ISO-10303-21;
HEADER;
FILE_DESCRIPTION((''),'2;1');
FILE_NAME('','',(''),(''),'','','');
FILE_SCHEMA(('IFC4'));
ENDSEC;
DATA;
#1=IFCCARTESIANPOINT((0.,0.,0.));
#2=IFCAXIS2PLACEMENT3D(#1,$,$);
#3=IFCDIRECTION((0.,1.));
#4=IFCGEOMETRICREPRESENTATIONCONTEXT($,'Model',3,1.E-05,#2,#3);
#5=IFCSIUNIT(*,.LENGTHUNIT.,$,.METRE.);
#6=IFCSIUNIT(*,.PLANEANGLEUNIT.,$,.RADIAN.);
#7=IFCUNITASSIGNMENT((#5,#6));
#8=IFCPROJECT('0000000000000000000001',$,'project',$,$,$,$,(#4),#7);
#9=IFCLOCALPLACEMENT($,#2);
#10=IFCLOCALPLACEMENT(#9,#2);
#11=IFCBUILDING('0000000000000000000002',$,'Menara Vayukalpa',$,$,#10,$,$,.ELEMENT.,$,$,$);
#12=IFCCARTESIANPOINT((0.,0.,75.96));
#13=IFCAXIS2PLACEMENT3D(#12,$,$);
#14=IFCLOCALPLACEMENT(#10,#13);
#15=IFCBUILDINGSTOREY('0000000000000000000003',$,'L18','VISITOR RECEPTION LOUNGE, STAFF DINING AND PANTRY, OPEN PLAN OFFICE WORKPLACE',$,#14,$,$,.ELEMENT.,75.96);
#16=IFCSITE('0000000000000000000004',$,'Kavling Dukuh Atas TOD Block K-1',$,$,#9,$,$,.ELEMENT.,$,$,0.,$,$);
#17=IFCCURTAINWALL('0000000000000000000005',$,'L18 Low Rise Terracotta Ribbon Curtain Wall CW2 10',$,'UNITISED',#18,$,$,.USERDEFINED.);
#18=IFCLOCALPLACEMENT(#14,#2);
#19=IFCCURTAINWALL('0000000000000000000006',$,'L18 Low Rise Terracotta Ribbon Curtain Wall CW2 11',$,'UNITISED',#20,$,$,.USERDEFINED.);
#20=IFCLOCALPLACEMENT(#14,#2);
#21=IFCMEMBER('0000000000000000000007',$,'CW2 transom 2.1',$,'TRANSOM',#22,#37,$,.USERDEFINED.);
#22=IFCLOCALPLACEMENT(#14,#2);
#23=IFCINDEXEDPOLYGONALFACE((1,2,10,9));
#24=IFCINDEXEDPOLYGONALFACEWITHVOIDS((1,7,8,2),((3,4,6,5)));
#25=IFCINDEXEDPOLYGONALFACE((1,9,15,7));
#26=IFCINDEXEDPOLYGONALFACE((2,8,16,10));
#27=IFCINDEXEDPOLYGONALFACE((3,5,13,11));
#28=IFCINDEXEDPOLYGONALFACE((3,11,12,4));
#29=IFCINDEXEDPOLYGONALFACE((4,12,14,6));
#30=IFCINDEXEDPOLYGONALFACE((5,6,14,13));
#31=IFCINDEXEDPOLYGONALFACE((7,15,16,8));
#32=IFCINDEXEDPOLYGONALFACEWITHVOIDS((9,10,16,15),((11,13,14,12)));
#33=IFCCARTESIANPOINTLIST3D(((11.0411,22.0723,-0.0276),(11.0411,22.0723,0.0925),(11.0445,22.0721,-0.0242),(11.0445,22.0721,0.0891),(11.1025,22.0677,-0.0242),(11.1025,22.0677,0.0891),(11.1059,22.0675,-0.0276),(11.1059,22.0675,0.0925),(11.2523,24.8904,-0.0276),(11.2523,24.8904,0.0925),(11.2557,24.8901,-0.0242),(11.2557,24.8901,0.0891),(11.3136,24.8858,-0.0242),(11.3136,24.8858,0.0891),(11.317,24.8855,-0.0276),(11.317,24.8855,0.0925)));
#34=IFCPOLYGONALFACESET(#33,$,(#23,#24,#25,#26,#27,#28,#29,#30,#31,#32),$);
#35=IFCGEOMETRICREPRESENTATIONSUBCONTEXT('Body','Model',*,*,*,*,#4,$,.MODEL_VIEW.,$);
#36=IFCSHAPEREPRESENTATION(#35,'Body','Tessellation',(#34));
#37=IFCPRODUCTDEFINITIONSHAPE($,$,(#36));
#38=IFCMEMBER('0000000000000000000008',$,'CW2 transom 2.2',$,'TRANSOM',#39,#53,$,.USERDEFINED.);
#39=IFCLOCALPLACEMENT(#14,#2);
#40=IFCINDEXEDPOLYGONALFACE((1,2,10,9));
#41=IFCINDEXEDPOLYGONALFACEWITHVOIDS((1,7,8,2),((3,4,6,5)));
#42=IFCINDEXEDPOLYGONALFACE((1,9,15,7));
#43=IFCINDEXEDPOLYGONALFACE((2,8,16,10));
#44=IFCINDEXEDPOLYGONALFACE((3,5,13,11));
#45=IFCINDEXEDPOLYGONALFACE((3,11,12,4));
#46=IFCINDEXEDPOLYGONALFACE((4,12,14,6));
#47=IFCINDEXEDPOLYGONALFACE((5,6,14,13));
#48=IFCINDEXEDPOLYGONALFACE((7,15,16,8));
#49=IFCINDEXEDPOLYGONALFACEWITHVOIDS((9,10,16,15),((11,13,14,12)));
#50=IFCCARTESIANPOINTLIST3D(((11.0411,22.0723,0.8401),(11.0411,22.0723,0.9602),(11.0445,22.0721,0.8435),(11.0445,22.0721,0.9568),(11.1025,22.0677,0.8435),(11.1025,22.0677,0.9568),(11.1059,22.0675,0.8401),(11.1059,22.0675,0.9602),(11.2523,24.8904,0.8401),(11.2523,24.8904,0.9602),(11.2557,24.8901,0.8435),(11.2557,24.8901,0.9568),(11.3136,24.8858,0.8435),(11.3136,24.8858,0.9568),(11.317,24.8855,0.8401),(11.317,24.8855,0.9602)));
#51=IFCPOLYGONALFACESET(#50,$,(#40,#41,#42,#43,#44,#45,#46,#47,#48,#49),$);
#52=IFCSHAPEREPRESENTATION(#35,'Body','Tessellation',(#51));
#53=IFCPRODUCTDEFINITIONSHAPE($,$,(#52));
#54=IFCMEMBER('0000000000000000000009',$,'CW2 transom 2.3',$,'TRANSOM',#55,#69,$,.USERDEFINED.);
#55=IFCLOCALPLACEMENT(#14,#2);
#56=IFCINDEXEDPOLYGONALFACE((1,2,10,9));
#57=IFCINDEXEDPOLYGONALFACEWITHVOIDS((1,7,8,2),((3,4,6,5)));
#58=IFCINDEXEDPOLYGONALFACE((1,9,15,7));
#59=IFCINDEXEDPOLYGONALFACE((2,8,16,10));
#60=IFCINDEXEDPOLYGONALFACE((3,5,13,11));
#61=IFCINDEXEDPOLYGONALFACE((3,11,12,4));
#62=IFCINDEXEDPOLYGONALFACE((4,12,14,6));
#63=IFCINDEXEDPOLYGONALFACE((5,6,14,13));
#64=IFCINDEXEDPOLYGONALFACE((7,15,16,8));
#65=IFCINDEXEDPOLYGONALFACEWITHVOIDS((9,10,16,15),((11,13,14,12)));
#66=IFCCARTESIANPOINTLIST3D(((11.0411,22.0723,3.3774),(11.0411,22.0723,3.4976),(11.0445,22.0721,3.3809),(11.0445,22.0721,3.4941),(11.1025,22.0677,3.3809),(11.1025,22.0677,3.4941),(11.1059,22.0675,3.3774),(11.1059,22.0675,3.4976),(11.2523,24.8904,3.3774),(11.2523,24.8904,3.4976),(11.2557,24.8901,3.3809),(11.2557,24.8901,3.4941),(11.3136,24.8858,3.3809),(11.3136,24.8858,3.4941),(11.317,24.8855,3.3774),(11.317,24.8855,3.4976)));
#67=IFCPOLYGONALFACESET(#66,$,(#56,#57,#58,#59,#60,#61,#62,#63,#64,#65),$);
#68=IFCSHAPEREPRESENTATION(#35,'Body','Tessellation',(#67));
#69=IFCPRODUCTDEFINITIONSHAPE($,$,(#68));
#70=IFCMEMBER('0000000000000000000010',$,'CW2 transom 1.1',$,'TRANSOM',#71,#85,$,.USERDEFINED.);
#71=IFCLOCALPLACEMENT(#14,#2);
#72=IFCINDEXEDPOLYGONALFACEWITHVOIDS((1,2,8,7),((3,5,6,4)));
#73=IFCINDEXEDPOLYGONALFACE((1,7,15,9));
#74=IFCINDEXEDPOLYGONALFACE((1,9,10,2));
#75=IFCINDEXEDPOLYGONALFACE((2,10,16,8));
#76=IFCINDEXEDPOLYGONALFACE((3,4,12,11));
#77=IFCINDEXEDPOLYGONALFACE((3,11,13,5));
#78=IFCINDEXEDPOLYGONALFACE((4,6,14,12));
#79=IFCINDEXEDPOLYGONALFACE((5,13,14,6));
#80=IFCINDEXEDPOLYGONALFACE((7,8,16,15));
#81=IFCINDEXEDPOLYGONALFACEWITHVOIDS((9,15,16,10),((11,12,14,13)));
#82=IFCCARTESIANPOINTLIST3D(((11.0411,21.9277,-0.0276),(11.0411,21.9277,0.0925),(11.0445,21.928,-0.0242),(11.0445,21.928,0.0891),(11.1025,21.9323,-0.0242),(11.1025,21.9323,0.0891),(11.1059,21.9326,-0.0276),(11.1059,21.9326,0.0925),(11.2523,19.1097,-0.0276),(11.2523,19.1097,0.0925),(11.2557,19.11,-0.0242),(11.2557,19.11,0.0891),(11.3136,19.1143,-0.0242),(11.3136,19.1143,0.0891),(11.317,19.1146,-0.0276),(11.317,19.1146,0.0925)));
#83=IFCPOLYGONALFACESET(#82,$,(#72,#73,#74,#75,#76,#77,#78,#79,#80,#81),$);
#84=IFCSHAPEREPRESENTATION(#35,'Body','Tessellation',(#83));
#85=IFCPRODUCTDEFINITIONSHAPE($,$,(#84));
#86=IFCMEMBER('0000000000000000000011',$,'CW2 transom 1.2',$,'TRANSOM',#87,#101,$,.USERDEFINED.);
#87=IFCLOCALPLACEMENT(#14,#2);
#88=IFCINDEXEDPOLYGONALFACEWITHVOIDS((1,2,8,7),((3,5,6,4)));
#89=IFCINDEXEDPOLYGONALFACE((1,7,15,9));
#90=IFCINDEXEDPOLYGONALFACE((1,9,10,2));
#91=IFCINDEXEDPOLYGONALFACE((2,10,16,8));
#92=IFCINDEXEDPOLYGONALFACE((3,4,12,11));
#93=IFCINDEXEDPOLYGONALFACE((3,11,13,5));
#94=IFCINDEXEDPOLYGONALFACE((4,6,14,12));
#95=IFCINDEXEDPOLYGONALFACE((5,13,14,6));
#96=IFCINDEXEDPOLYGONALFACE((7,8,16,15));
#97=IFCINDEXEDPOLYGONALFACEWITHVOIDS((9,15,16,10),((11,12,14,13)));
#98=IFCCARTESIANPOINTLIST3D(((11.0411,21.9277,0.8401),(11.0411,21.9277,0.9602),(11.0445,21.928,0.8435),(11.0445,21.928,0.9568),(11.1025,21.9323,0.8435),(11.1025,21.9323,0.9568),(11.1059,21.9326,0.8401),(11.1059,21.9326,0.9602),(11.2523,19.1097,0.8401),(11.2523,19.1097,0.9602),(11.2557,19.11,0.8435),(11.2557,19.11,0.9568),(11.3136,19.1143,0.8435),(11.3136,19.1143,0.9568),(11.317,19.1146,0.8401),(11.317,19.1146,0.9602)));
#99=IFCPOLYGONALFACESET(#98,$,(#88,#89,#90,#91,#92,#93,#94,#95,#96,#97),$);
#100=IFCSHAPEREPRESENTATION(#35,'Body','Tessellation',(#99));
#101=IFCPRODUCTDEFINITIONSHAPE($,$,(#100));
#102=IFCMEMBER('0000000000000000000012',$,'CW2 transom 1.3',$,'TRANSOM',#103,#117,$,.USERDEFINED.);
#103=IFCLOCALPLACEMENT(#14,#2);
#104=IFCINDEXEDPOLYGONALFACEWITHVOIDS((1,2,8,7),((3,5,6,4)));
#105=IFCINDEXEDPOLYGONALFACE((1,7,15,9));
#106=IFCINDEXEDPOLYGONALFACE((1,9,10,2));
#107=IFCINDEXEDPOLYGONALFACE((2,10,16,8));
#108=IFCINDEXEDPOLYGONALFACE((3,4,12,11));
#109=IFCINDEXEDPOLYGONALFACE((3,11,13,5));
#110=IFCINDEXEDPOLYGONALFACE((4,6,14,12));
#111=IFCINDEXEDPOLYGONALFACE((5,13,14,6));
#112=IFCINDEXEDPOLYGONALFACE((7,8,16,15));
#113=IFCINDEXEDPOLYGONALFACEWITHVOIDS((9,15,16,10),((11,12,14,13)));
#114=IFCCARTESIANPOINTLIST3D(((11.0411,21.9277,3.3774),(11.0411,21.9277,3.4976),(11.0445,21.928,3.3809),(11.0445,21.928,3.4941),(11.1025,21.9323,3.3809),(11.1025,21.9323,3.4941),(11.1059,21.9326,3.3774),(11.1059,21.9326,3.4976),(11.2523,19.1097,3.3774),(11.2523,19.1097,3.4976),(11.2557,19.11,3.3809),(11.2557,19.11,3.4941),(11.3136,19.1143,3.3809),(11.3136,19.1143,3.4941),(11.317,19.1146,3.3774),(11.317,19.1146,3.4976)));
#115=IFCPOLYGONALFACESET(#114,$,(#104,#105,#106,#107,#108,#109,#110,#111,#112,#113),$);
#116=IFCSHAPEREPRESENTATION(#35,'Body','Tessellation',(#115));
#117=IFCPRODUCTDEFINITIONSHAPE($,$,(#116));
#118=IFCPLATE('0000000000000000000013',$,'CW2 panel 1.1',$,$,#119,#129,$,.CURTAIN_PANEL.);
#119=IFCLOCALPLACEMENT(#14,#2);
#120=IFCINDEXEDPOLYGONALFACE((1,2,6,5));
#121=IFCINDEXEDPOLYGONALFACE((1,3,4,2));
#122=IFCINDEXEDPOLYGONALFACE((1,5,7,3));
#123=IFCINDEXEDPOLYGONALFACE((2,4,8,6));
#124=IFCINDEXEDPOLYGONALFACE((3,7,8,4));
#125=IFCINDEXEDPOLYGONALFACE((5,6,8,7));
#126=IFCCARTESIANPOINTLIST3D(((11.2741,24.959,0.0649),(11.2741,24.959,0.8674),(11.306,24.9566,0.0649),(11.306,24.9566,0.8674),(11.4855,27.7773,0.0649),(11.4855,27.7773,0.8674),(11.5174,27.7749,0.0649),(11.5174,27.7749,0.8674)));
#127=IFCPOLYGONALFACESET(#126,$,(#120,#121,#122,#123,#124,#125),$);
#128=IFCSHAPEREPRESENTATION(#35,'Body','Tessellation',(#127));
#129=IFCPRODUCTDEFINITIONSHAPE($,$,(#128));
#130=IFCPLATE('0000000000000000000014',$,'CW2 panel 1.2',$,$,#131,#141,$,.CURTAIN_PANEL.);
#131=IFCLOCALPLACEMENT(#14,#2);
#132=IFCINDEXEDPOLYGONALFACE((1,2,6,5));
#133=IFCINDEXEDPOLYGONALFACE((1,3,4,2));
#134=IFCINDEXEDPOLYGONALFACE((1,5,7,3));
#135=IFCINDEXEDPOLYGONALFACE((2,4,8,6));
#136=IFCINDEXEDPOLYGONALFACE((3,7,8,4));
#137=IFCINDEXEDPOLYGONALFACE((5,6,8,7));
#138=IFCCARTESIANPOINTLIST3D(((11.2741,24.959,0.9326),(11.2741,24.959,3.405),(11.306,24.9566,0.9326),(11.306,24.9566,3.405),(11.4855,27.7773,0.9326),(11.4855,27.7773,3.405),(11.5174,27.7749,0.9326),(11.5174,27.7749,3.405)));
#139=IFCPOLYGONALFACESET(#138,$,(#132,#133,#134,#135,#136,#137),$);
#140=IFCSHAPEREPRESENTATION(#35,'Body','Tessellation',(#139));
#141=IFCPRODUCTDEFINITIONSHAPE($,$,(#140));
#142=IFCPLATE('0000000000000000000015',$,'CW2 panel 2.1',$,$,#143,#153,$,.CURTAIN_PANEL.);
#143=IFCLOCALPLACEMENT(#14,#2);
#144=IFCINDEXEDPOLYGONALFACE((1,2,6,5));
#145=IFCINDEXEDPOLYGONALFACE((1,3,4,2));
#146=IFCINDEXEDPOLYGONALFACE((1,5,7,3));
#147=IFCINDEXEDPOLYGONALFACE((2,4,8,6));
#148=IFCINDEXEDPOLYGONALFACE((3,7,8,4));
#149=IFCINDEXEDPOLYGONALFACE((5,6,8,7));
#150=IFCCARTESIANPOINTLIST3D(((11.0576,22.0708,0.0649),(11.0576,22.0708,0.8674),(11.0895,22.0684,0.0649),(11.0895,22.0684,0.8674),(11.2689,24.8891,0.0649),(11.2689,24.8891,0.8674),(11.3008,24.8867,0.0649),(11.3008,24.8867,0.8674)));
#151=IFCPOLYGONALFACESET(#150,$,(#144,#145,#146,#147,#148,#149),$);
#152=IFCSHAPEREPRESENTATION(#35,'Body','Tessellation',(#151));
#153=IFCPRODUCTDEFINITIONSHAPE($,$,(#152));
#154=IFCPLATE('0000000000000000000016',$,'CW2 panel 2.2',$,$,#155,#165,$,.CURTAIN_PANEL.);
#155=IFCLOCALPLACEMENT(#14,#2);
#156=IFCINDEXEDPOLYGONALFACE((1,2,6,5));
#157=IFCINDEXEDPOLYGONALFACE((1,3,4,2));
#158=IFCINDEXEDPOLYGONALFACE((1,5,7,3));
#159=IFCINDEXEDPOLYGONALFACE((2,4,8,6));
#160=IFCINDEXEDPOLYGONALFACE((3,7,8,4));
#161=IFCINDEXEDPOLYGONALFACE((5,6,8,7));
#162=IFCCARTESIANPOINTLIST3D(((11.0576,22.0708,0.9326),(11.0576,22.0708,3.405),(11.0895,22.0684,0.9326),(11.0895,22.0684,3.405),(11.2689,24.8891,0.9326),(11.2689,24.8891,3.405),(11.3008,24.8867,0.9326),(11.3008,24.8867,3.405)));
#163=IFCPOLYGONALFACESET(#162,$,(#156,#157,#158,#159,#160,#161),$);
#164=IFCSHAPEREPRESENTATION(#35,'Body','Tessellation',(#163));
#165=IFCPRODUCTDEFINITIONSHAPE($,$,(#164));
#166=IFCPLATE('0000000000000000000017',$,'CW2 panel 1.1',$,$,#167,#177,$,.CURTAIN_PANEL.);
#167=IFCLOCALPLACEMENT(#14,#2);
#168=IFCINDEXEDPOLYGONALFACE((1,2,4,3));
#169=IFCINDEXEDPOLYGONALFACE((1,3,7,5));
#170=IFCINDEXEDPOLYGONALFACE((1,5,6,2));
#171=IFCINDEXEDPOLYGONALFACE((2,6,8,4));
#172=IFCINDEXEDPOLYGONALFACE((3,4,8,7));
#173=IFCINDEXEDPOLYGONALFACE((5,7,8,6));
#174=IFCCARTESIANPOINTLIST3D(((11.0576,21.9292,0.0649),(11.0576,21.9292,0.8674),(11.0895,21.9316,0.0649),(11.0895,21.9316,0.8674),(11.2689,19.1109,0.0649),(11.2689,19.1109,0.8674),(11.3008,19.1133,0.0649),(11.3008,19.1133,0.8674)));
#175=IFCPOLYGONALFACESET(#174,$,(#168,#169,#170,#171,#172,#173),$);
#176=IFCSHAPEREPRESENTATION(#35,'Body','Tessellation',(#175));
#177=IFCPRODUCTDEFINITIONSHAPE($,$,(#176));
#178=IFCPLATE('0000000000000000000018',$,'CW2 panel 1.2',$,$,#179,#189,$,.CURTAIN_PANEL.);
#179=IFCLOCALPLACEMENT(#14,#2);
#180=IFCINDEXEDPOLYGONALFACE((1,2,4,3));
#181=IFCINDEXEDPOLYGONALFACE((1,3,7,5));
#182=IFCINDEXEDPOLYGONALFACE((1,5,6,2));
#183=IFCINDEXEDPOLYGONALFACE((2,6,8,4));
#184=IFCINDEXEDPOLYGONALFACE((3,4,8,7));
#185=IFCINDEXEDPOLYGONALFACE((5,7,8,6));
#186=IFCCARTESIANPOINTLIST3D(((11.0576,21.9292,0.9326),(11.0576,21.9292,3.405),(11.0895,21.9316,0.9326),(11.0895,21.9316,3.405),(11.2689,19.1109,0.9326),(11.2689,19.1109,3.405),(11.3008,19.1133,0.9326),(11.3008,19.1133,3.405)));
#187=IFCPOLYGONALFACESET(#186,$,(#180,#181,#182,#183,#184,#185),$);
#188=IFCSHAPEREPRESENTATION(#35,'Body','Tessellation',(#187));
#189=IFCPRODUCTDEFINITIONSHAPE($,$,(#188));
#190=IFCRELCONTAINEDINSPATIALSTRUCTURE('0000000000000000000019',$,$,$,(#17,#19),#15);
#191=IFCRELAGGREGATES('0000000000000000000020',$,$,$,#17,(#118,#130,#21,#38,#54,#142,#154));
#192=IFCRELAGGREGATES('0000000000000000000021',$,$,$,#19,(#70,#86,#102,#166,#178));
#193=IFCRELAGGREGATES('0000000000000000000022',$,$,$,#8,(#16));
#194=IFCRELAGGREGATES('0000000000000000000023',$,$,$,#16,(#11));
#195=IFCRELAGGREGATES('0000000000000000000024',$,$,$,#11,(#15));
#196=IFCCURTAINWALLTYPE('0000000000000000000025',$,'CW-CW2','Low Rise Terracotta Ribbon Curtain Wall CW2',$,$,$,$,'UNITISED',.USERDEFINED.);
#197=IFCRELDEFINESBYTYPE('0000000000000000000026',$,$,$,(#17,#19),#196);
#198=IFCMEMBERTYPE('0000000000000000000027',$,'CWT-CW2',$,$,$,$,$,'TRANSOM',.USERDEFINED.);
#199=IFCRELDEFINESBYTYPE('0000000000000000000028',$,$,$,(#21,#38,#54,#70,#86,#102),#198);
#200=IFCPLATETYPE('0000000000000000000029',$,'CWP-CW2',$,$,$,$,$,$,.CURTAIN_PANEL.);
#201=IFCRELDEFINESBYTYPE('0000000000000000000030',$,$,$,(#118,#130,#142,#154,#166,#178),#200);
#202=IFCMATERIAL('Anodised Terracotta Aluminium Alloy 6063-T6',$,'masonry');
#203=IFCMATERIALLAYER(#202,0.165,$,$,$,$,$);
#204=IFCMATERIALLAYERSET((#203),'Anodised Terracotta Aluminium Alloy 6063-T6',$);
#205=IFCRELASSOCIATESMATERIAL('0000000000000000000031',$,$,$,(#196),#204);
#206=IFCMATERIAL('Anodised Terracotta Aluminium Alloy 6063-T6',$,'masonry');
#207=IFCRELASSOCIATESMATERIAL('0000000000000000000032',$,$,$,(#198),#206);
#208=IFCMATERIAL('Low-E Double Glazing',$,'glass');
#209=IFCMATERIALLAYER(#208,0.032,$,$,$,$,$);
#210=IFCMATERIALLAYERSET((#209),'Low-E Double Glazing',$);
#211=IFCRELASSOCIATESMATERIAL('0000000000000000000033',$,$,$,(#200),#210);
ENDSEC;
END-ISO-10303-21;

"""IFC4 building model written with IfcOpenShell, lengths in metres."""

from ifc_helpers import new_model, si_unit, direction, frame, origin, origin_2d, place, context, subcontext, project, spatial, rectangle, hollow_rectangle, extrude, material, layer, layer_set, material_profile, profile_set, type_object, element, aggregate, save


model = new_model("IFC4")

# Units and contexts
model_context = context("Model", 3, precision=1e-05, world=origin(), true_north=direction((0.0, 1.0)))
body_context = subcontext(model_context, "Body", "Model", "MODEL_VIEW")
ifc_project = project(units=[si_unit("LENGTHUNIT", "METRE"), si_unit("PLANEANGLEUNIT", "RADIAN")], contexts=[model_context])

# Site, building, storey
site_placement = place(None, origin())
site = spatial("IfcSite", under=ifc_project, at=site_placement, Name="Kavling Dukuh Atas TOD Block K-1", CompositionType="ELEMENT", RefElevation=0.0)
building_placement = place(site_placement, origin())
building = spatial("IfcBuilding", under=site, at=building_placement, Name="Menara Vayukalpa", CompositionType="ELEMENT")
storey_placement = place(building_placement, frame((0.0, 0.0, 75.96)))
storey = spatial("IfcBuildingStorey", under=building, at=storey_placement, Name="L18", Description="VISITOR RECEPTION LOUNGE, STAFF DINING AND PANTRY, OPEN PLAN OFFICE WORKPLACE", CompositionType="ELEMENT", Elevation=75.96)

# Curtain wall
ifc_material_1 = material(Name="Anodised Terracotta Aluminium Alloy 6063-T6", Category="masonry")
ifc_layer_1 = layer(ifc_material_1, 0.165)
ifc_layer_set_1 = layer_set([ifc_layer_1], Name="Anodised Terracotta Aluminium Alloy 6063-T6")
curtain_wall_type = type_object("IfcCurtainWallType", Name="CW-CW2", Description="Low Rise Terracotta Ribbon Curtain Wall CW2", ElementType="UNITISED", PredefinedType="USERDEFINED", material=ifc_layer_set_1)
curtain_wall_1_placement = place(storey_placement, origin())
curtain_wall_1 = element("IfcCurtainWall", 1, at=curtain_wall_1_placement, inside=storey, type_object=curtain_wall_type, Name="L18 Low Rise Terracotta Ribbon Curtain Wall CW2 10", ObjectType="UNITISED", PredefinedType="USERDEFINED")

# Curtain wall
curtain_wall_2_placement = place(storey_placement, origin())
curtain_wall_2 = element("IfcCurtainWall", 2, at=curtain_wall_2_placement, inside=storey, type_object=curtain_wall_type, Name="L18 Low Rise Terracotta Ribbon Curtain Wall CW2 11", ObjectType="UNITISED", PredefinedType="USERDEFINED")

# Members
ifc_material_2 = material(Name="Anodised Terracotta Aluminium Alloy 6063-T6", Category="masonry")
ifc_material_profile_1 = material_profile(ifc_material_2, hollow_rectangle(XDim=0.0649, YDim=0.1201, WallThickness=0.0034, at=origin_2d()), Name="ALU 65x120x3.5")
ifc_profile_set_1 = profile_set([ifc_material_profile_1], Name="Anodised Terracotta Aluminium Alloy 6063-T6")
member_type_1 = type_object("IfcMemberType", Name="CWT-CW2", ElementType="TRANSOM", PredefinedType="USERDEFINED", material=ifc_profile_set_1)
member_1_placement = place(storey_placement, frame((11.2847, 24.8879, 0.0325), z_axis=(-0.074728, -0.997204, 0.0), x_axis=(0.997204, -0.074728, 0.0)))
member_1 = element("IfcMember", 3, at=member_1_placement, type_object=member_type_1, Name="CW2 transom 2.1", ObjectType="TRANSOM", PredefinedType="USERDEFINED", context=body_context, shape_type="SweptSolid", body=[
    extrude(hollow_rectangle(XDim=0.0649, YDim=0.1201, WallThickness=0.0034, at=origin_2d()), origin(), (0.0, 0.0, 1.0), 2.8259),
])
member_2_placement = place(storey_placement, frame((11.2847, 24.8879, 0.9001), z_axis=(-0.074728, -0.997204, 0.0), x_axis=(0.997204, -0.074728, 0.0)))
member_2 = element("IfcMember", 4, at=member_2_placement, type_object=member_type_1, Name="CW2 transom 2.2", ObjectType="TRANSOM", PredefinedType="USERDEFINED", context=body_context, shape_type="SweptSolid", body=[
    extrude(hollow_rectangle(XDim=0.0649, YDim=0.1201, WallThickness=0.0034, at=origin_2d()), origin(), (0.0, 0.0, 1.0), 2.8259),
])
member_3_placement = place(storey_placement, frame((11.2847, 24.8879, 3.4375), z_axis=(-0.074728, -0.997204, 0.0), x_axis=(0.997204, -0.074728, 0.0)))
member_3 = element("IfcMember", 5, at=member_3_placement, type_object=member_type_1, Name="CW2 transom 2.3", ObjectType="TRANSOM", PredefinedType="USERDEFINED", context=body_context, shape_type="SweptSolid", body=[
    extrude(hollow_rectangle(XDim=0.0649, YDim=0.1201, WallThickness=0.0034, at=origin_2d()), origin(), (0.0, 0.0, 1.0), 2.8259),
])
member_4_placement = place(storey_placement, frame((11.0735, 21.9302, 0.0325), z_axis=(0.074728, -0.997204, 0.0), x_axis=(0.997204, 0.074728, 0.0)))
member_4 = element("IfcMember", 6, at=member_4_placement, type_object=member_type_1, Name="CW2 transom 1.1", ObjectType="TRANSOM", PredefinedType="USERDEFINED", context=body_context, shape_type="SweptSolid", body=[
    extrude(hollow_rectangle(XDim=0.0649, YDim=0.1201, WallThickness=0.0034, at=origin_2d()), origin(), (0.0, 0.0, 1.0), 2.8259),
])
member_5_placement = place(storey_placement, frame((11.0735, 21.9302, 0.9001), z_axis=(0.074728, -0.997204, 0.0), x_axis=(0.997204, 0.074728, 0.0)))
member_5 = element("IfcMember", 7, at=member_5_placement, type_object=member_type_1, Name="CW2 transom 1.2", ObjectType="TRANSOM", PredefinedType="USERDEFINED", context=body_context, shape_type="SweptSolid", body=[
    extrude(hollow_rectangle(XDim=0.0649, YDim=0.1201, WallThickness=0.0034, at=origin_2d()), origin(), (0.0, 0.0, 1.0), 2.8259),
])
member_6_placement = place(storey_placement, frame((11.0735, 21.9302, 3.4375), z_axis=(0.074728, -0.997204, 0.0), x_axis=(0.997204, 0.074728, 0.0)))
member_6 = element("IfcMember", 8, at=member_6_placement, type_object=member_type_1, Name="CW2 transom 1.3", ObjectType="TRANSOM", PredefinedType="USERDEFINED", context=body_context, shape_type="SweptSolid", body=[
    extrude(hollow_rectangle(XDim=0.0649, YDim=0.1201, WallThickness=0.0034, at=origin_2d()), origin(), (0.0, 0.0, 1.0), 2.8259),
])

# Plates
ifc_material_3 = material(Name="Low-E Double Glazing", Category="glass")
ifc_layer_2 = layer(ifc_material_3, 0.032)
ifc_layer_set_2 = layer_set([ifc_layer_2], Name="Low-E Double Glazing")
plate_type = type_object("IfcPlateType", Name="CWP-CW2", PredefinedType="CURTAIN_PANEL", material=ifc_layer_set_2)
plate_1_placement = place(storey_placement, frame((11.3958, 26.3669, 0.0649), z_axis=(0.0, 0.0, 1.0), x_axis=(-0.074785, -0.9972, 0.0)))
plate_1 = element("IfcPlate", 9, at=plate_1_placement, type_object=plate_type, Name="CW2 panel 1.1", PredefinedType="CURTAIN_PANEL", context=body_context, shape_type="SweptSolid", body=[
    extrude(rectangle(XDim=2.8262, YDim=0.032, at=origin_2d()), origin(), (0.0, 0.0, 1.0), 0.8025),
])
plate_2_placement = place(storey_placement, frame((11.3958, 26.3669, 0.9326), z_axis=(0.0, 0.0, 1.0), x_axis=(-0.074785, -0.9972, 0.0)))
plate_2 = element("IfcPlate", 10, at=plate_2_placement, type_object=plate_type, Name="CW2 panel 1.2", PredefinedType="CURTAIN_PANEL", context=body_context, shape_type="SweptSolid", body=[
    extrude(rectangle(XDim=2.8262, YDim=0.032, at=origin_2d()), origin(), (0.0, 0.0, 1.0), 2.4724),
])
plate_3_placement = place(storey_placement, frame((11.1792, 23.4788, 0.0649), z_axis=(0.0, 0.0, 1.0), x_axis=(-0.074785, -0.9972, 0.0)))
plate_3 = element("IfcPlate", 11, at=plate_3_placement, type_object=plate_type, Name="CW2 panel 2.1", PredefinedType="CURTAIN_PANEL", context=body_context, shape_type="SweptSolid", body=[
    extrude(rectangle(XDim=2.8262, YDim=0.032, at=origin_2d()), origin(), (0.0, 0.0, 1.0), 0.8025),
])
plate_4_placement = place(storey_placement, frame((11.1792, 23.4788, 0.9326), z_axis=(0.0, 0.0, 1.0), x_axis=(-0.074785, -0.9972, 0.0)))
plate_4 = element("IfcPlate", 12, at=plate_4_placement, type_object=plate_type, Name="CW2 panel 2.2", PredefinedType="CURTAIN_PANEL", context=body_context, shape_type="SweptSolid", body=[
    extrude(rectangle(XDim=2.8262, YDim=0.032, at=origin_2d()), origin(), (0.0, 0.0, 1.0), 2.4724),
])
aggregate(curtain_wall_1, [plate_1, plate_2, member_1, member_2, member_3, plate_3, plate_4])
plate_5_placement = place(storey_placement, frame((11.1792, 20.5212, 0.0649), z_axis=(0.0, 0.0, 1.0), x_axis=(0.074785, -0.9972, 0.0)))
plate_5 = element("IfcPlate", 13, at=plate_5_placement, type_object=plate_type, Name="CW2 panel 1.1", PredefinedType="CURTAIN_PANEL", context=body_context, shape_type="SweptSolid", body=[
    extrude(rectangle(XDim=2.8262, YDim=0.032, at=origin_2d()), origin(), (0.0, 0.0, 1.0), 0.8025),
])
plate_6_placement = place(storey_placement, frame((11.1792, 20.5212, 0.9326), z_axis=(0.0, 0.0, 1.0), x_axis=(0.074785, -0.9972, 0.0)))
plate_6 = element("IfcPlate", 14, at=plate_6_placement, type_object=plate_type, Name="CW2 panel 1.2", PredefinedType="CURTAIN_PANEL", context=body_context, shape_type="SweptSolid", body=[
    extrude(rectangle(XDim=2.8262, YDim=0.032, at=origin_2d()), origin(), (0.0, 0.0, 1.0), 2.4724),
])
aggregate(curtain_wall_2, [member_4, member_5, member_6, plate_5, plate_6])

save(model, "model.ifc")
